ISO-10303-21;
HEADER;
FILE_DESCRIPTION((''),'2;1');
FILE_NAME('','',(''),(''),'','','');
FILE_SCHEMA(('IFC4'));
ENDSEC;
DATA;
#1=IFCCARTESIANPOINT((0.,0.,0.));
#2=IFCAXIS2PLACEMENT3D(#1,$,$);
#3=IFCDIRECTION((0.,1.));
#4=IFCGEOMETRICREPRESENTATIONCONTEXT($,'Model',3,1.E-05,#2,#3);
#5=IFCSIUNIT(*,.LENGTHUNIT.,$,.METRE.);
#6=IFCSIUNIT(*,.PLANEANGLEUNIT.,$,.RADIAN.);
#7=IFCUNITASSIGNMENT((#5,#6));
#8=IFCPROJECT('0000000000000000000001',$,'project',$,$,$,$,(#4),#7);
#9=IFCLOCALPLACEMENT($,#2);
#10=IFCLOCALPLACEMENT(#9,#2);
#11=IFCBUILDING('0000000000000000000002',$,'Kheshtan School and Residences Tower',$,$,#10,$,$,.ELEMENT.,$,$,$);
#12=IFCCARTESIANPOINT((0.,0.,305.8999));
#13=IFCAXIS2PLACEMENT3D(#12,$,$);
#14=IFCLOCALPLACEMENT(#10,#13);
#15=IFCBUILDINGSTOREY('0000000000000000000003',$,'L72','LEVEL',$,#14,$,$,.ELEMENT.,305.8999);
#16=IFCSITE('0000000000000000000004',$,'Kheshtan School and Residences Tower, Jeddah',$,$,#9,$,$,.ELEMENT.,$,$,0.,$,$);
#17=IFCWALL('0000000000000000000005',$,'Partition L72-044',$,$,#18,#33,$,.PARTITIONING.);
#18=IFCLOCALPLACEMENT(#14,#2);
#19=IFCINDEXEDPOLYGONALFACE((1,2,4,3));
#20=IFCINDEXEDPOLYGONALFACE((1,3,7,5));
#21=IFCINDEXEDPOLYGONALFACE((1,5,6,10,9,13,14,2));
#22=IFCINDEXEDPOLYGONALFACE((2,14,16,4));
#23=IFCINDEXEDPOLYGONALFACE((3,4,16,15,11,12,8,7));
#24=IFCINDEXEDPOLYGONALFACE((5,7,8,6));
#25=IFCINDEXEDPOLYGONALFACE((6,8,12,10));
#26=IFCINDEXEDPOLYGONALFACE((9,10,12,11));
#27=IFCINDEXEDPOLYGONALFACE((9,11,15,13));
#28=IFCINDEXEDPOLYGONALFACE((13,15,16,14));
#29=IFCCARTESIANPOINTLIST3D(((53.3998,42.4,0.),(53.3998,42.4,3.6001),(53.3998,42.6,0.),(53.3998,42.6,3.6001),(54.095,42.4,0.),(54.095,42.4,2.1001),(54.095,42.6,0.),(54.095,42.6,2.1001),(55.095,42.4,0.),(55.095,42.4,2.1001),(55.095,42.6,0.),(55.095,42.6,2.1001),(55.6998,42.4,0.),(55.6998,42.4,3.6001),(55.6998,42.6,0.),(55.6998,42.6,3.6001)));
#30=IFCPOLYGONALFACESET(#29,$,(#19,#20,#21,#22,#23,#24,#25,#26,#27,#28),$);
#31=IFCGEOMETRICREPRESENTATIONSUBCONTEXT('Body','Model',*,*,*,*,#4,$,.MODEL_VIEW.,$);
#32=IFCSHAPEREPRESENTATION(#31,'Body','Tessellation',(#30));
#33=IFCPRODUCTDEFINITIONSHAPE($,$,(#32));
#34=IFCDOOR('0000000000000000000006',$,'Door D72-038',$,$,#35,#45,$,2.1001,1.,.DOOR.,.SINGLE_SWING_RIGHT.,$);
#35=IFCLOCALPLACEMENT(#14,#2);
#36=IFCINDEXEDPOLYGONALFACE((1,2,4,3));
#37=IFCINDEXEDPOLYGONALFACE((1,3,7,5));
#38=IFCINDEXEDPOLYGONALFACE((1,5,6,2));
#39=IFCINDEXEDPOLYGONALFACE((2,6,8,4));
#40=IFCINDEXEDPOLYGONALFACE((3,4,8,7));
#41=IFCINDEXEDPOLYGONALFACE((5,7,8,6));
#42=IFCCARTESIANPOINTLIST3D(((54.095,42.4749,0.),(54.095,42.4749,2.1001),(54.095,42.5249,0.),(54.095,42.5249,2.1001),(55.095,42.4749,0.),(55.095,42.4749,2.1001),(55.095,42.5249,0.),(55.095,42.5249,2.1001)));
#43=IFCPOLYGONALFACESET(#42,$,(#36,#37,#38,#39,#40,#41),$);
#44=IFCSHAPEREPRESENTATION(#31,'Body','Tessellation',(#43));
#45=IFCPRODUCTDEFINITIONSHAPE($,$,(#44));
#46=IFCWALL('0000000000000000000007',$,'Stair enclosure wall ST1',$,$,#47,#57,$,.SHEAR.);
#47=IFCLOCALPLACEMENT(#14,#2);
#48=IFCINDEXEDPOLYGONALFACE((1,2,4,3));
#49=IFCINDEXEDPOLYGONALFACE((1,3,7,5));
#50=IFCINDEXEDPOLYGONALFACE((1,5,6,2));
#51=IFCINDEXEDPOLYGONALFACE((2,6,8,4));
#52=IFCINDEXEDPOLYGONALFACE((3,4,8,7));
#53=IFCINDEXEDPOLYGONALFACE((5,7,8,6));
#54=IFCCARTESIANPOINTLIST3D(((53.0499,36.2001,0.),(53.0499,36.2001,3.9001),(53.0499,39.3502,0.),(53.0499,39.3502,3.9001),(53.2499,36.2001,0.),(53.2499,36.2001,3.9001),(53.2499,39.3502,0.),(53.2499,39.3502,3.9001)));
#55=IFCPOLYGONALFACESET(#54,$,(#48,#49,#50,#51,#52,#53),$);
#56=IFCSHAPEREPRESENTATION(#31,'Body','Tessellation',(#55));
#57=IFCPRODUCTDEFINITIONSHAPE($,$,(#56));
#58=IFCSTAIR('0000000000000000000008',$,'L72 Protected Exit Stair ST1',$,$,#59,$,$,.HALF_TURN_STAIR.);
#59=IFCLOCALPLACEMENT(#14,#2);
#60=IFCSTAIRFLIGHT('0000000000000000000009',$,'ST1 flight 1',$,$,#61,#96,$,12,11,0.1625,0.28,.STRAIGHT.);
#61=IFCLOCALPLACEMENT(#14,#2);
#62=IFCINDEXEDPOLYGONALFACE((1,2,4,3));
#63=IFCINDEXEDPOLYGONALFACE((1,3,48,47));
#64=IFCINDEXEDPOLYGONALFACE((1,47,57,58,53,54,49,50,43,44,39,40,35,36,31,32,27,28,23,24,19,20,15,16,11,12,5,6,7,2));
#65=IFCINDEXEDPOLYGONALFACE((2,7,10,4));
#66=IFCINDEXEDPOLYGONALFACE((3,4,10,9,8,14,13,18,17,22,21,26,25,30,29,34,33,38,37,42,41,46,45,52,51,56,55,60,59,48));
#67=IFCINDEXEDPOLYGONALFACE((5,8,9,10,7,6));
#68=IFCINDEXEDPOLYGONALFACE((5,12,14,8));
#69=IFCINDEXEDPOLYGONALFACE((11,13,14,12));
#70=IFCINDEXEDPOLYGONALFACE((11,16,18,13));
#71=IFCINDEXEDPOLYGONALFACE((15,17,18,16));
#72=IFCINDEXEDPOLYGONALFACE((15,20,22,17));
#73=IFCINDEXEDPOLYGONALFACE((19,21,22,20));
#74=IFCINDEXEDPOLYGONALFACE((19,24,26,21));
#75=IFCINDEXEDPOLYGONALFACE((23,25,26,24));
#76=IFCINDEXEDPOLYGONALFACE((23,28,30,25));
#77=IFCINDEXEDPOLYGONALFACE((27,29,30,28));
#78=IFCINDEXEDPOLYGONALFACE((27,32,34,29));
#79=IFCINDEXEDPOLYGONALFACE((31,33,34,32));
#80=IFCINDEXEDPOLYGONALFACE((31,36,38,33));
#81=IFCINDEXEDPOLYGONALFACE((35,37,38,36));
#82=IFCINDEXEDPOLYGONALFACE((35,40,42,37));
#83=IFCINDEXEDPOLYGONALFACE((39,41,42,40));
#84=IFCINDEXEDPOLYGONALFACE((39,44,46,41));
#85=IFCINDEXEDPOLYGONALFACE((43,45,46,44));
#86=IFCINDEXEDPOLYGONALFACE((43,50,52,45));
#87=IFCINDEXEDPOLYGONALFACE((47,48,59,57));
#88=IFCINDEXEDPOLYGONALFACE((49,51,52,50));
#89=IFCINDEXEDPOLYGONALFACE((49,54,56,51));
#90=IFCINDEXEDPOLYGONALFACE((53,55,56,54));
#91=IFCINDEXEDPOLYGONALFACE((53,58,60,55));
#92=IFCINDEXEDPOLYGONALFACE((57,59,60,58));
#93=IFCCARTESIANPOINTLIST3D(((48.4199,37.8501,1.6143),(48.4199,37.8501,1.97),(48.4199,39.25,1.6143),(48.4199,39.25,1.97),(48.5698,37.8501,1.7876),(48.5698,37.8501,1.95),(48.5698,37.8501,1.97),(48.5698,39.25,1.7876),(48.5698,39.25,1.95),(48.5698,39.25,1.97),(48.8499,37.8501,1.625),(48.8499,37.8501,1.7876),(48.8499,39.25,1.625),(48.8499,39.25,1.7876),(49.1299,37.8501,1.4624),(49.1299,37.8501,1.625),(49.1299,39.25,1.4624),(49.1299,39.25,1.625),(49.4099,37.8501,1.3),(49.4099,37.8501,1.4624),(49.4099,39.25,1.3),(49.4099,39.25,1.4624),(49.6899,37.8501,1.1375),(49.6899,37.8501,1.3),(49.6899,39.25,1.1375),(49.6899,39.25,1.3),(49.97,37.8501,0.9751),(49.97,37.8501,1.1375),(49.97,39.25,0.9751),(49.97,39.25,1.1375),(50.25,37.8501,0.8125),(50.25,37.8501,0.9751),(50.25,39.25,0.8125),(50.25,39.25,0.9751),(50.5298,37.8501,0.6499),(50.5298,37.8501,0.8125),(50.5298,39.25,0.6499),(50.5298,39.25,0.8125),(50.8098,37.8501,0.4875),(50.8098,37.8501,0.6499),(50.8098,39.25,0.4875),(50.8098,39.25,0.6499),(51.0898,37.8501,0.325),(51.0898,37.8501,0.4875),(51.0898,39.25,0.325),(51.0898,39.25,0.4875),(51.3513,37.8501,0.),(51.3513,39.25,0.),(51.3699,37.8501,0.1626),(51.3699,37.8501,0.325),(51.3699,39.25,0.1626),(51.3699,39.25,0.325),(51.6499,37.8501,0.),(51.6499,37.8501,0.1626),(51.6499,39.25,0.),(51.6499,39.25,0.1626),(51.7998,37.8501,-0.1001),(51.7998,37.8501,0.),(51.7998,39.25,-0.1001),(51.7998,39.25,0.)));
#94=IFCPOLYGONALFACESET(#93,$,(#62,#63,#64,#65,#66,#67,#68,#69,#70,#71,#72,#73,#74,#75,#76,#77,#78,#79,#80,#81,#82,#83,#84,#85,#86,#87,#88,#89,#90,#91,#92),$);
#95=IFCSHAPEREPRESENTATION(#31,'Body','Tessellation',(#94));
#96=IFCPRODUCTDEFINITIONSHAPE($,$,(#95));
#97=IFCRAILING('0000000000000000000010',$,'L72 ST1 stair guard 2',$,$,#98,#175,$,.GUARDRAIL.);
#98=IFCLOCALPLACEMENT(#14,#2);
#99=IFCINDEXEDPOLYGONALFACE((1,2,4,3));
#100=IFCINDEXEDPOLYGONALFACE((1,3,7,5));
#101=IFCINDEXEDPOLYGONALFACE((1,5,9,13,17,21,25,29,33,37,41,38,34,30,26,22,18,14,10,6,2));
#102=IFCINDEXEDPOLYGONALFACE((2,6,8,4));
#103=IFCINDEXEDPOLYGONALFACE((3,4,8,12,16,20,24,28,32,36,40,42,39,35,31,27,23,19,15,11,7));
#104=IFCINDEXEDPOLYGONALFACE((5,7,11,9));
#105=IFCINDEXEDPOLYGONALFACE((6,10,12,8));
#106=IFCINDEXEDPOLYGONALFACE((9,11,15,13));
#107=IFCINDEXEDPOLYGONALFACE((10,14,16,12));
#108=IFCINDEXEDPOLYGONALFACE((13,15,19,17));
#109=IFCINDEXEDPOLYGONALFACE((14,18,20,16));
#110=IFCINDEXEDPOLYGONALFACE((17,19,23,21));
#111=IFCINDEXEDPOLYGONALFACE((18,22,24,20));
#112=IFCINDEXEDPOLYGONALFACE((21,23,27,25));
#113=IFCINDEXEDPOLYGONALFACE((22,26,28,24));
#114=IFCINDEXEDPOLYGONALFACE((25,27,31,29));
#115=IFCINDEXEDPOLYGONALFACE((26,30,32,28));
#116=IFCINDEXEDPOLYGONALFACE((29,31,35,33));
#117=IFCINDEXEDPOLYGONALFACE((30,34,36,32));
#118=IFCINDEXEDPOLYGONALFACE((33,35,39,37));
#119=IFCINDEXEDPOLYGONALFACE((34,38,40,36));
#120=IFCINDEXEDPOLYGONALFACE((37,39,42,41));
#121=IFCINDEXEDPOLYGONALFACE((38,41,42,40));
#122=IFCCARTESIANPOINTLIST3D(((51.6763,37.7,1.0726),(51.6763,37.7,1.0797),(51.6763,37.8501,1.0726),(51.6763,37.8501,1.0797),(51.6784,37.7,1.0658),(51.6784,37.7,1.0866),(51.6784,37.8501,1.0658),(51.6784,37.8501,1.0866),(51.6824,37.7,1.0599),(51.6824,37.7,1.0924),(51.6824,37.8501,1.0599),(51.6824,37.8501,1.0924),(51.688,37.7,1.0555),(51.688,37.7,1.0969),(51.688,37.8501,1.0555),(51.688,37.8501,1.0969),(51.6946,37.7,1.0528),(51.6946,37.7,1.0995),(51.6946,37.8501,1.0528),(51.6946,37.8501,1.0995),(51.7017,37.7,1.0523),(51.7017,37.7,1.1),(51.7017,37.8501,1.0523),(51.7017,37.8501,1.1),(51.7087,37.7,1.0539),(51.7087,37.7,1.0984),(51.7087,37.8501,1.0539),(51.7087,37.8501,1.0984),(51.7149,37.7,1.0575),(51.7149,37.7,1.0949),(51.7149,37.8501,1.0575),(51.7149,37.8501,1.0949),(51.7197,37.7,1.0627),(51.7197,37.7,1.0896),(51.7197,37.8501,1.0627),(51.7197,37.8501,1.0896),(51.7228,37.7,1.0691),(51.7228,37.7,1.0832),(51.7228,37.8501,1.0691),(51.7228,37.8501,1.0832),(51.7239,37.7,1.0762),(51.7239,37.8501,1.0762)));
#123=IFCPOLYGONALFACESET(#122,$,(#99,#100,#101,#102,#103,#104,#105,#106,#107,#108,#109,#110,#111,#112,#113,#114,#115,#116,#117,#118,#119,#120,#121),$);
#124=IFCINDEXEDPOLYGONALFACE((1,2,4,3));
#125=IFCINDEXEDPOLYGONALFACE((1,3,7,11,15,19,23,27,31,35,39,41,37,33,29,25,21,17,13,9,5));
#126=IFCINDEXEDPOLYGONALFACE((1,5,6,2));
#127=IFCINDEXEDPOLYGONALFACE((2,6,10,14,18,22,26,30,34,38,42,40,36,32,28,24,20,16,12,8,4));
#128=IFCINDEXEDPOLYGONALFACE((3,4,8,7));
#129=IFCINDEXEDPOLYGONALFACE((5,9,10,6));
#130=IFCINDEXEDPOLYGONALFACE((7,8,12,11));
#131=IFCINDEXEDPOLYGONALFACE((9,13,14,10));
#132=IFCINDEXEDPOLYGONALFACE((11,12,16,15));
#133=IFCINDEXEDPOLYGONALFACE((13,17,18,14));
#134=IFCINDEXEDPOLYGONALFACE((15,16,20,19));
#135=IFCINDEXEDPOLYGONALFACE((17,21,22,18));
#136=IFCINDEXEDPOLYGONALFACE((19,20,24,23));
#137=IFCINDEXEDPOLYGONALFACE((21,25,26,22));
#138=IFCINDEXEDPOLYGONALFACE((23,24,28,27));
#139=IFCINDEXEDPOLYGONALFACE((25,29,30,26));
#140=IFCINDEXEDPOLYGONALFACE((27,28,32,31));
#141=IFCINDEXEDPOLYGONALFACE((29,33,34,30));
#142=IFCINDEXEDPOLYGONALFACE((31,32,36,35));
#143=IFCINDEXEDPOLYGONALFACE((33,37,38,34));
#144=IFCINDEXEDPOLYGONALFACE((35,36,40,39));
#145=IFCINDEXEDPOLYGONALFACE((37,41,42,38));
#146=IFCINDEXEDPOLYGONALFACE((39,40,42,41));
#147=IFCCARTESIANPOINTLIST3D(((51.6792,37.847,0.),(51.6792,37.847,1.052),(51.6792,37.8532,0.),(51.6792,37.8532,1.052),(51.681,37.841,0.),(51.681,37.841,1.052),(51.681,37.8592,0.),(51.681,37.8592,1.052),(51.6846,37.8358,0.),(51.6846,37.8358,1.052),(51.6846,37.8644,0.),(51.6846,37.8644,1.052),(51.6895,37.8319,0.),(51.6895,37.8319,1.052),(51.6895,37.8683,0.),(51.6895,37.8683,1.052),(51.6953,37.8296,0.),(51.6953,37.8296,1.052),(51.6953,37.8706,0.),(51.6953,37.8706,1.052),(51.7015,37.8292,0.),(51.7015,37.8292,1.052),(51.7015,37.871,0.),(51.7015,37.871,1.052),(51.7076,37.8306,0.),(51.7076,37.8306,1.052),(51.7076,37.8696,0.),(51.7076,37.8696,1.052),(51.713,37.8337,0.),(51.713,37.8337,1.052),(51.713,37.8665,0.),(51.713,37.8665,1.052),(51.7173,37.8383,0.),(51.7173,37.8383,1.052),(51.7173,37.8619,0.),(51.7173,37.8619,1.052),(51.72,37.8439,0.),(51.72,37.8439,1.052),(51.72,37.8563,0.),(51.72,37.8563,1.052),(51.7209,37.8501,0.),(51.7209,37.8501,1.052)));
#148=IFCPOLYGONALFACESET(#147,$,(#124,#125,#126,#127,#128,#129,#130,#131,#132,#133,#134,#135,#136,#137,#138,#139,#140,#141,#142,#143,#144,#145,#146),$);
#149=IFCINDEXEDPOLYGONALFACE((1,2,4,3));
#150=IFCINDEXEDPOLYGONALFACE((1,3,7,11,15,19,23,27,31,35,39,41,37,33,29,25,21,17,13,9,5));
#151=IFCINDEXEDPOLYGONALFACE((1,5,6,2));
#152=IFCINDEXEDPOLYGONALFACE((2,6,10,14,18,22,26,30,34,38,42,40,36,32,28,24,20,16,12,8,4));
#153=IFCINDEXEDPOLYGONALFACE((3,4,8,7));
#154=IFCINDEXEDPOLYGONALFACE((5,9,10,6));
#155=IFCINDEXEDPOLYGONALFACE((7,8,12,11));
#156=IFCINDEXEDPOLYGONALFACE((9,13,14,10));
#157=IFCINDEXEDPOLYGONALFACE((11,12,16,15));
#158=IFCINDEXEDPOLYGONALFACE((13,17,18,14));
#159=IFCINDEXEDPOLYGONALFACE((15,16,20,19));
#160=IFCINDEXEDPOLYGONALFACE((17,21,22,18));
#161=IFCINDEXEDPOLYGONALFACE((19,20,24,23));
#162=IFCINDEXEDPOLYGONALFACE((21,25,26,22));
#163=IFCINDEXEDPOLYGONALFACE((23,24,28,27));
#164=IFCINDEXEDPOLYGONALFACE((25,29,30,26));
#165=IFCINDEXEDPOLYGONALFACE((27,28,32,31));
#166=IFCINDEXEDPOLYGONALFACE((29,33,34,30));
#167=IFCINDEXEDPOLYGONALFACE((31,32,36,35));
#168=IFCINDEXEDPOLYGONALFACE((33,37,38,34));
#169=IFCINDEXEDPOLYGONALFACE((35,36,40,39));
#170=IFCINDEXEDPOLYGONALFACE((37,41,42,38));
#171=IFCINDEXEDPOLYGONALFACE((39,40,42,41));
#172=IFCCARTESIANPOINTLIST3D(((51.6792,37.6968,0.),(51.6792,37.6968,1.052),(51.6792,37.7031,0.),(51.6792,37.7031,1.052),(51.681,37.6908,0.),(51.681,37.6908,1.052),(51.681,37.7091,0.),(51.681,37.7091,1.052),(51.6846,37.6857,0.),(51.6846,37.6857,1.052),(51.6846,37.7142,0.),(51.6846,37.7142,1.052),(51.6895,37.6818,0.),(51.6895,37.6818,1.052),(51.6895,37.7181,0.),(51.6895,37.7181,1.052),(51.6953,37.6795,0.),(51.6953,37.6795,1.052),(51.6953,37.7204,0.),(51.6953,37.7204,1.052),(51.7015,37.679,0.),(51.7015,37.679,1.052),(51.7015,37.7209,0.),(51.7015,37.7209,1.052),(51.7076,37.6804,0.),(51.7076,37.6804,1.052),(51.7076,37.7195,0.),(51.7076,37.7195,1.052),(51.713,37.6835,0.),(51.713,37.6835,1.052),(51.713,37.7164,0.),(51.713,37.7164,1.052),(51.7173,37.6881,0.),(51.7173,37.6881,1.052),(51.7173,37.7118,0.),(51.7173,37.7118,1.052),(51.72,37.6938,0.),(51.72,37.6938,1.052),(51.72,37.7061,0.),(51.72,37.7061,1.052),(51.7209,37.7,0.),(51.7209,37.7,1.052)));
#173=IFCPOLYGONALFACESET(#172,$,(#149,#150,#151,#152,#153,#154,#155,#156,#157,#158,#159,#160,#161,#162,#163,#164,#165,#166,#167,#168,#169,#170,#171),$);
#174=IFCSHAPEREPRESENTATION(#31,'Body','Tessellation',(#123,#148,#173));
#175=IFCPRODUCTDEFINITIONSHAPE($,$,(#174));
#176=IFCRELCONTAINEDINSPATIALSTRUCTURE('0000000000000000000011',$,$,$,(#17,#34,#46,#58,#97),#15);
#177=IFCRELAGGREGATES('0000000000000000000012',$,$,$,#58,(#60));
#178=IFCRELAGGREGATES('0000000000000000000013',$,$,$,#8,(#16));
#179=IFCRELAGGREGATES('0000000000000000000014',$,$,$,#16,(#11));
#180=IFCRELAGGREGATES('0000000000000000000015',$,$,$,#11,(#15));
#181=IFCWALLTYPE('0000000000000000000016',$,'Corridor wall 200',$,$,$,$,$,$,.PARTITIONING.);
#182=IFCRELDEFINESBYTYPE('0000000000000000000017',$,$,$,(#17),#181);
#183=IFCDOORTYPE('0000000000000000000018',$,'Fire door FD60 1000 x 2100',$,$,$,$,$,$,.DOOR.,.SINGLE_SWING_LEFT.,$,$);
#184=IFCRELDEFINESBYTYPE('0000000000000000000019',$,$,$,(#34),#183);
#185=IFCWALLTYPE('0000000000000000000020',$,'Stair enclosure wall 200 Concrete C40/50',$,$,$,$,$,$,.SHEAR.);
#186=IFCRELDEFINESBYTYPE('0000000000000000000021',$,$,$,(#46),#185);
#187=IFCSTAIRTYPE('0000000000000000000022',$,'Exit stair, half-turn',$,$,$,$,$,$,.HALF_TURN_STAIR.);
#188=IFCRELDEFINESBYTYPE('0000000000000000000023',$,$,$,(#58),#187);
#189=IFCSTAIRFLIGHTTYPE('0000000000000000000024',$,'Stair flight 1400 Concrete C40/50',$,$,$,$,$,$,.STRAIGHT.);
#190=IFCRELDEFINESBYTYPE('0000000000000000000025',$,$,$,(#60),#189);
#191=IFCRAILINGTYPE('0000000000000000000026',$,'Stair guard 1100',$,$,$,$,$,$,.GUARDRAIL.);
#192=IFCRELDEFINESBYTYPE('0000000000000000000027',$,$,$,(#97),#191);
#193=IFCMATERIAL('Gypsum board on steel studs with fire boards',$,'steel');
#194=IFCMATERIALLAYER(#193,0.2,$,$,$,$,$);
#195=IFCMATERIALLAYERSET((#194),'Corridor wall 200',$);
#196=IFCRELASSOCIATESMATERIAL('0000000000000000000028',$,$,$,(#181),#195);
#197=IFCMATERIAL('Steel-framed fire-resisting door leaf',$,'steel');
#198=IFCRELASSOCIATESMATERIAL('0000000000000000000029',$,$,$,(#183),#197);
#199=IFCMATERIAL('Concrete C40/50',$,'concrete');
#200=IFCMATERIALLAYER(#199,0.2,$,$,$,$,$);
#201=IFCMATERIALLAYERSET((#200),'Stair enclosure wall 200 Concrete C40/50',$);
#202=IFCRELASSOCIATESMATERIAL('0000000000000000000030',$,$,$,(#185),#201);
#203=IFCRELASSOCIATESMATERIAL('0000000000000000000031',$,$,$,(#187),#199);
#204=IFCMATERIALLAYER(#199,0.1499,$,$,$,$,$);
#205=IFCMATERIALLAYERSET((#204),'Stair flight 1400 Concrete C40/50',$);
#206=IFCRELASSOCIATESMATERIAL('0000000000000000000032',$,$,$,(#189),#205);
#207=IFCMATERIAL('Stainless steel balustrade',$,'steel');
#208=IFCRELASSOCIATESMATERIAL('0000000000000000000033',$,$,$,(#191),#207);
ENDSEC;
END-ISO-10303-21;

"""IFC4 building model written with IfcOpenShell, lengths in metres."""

from ifc_helpers import new_model, si_unit, direction, frame, frame_2d, origin, origin_2d, place, context, subcontext, project, spatial, polyline, rectangle, circle, outline, extrude, source, transform, mapped, material, layer, layer_set, type_object, element, fill, aggregate, save


model = new_model("IFC4")

# Units and contexts
model_context = context("Model", 3, precision=1e-05, world=origin(), true_north=direction((0.0, 1.0)))
body_context = subcontext(model_context, "Body", "Model", "MODEL_VIEW")
ifc_project = project(units=[si_unit("LENGTHUNIT", "METRE"), si_unit("PLANEANGLEUNIT", "RADIAN")], contexts=[model_context])

# Site, building, storey
site_placement = place(None, origin())
site = spatial("IfcSite", under=ifc_project, at=site_placement, Name="Kheshtan School and Residences Tower, Jeddah", CompositionType="ELEMENT", RefElevation=0.0)
building_placement = place(site_placement, origin())
building = spatial("IfcBuilding", under=site, at=building_placement, Name="Kheshtan School and Residences Tower", CompositionType="ELEMENT")
storey_placement = place(building_placement, frame((0.0, 0.0, 305.8999)))
storey = spatial("IfcBuildingStorey", under=building, at=storey_placement, Name="L72", Description="LEVEL", CompositionType="ELEMENT", Elevation=305.8999)

# Wall, opening, door
ifc_material_1 = material(Name="Gypsum board on steel studs with fire boards", Category="steel")
ifc_layer_1 = layer(ifc_material_1, 0.2)
ifc_layer_set_1 = layer_set([ifc_layer_1], Name="Corridor wall 200")
wall_type_1 = type_object("IfcWallType", Name="Corridor wall 200", PredefinedType="PARTITIONING", material=ifc_layer_set_1)
ifc_material_2 = material(Name="Steel-framed fire-resisting door leaf", Category="steel")
door_type_1 = type_object("IfcDoorType", Name="Fire door FD60 1000 x 2100", OperationType="SINGLE_SWING_LEFT", PredefinedType="DOOR", material=ifc_material_2)
shared_shape_1 = source(origin(), body_context, "Body", "SweptSolid", [
    extrude(rectangle(XDim=1.0, YDim=2.1001, at=frame_2d((0.5, 1.05))), frame((0.0, 0.0249, 0.0), z_axis=(0.0, -1.0, 0.0), x_axis=(1.0, 0.0, 0.0)), (0.0, 0.0, 1.0), 0.05),
])
wall_1_placement = place(storey_placement, frame((53.3999, 42.5, 0.0), z_axis=(0.0, 0.0, 1.0), x_axis=(1.0, 0.0, 0.0)))
wall_1 = element("IfcWall", 1, at=wall_1_placement, inside=storey, type_object=wall_type_1, Name="Partition L72-044", PredefinedType="PARTITIONING", context=body_context, shape_type="SweptSolid", body=[
    extrude(rectangle(XDim=2.3, YDim=0.2, at=frame_2d((1.1499, 0.0))), origin(), (0.0, 0.0, 1.0), 3.6001),
])
opening_1_placement = place(wall_1_placement, frame((0.6951, 0.0, 0.0)))
opening_1 = element("IfcOpeningElement", 2, at=opening_1_placement, cuts=wall_1, PredefinedType="OPENING", context=body_context, shape_type="SweptSolid", body=[
    extrude(rectangle(XDim=1.0, YDim=2.1001, at=frame_2d((0.5, 1.05))), frame((0.0, 0.1099, 0.0), z_axis=(0.0, -1.0, 0.0), x_axis=(1.0, 0.0, 0.0)), (0.0, 0.0, 1.0), 0.22),
])
door_1_placement = place(opening_1_placement, origin())
door_1 = element("IfcDoor", 3, at=door_1_placement, inside=storey, type_object=door_type_1, Name="Door D72-038", OperationType="SINGLE_SWING_RIGHT", OverallHeight=2.1001, OverallWidth=1.0, PredefinedType="DOOR", context=body_context, shape_type="MappedRepresentation", body=[
    mapped(shared_shape_1, transform((0.0, 0.0, 0.0), x_axis=(1.0, 0.0, 0.0), y_axis=(0.0, 1.0, 0.0), z_axis=(0.0, 0.0, 1.0), scale=1.0)),
])
fill(opening_1, door_1)

# Wall
ifc_material_3 = material(Name="Concrete C40/50", Category="concrete")
ifc_layer_2 = layer(ifc_material_3, 0.2)
ifc_layer_set_2 = layer_set([ifc_layer_2], Name="Stair enclosure wall 200 Concrete C40/50")
wall_type_2 = type_object("IfcWallType", Name="Stair enclosure wall 200 Concrete C40/50", PredefinedType="SHEAR", material=ifc_layer_set_2)
wall_2_placement = place(storey_placement, frame((53.1499, 36.2, 0.0), z_axis=(0.0, 0.0, 1.0), x_axis=(0.0, 1.0, 0.0)))
element("IfcWall", 4, at=wall_2_placement, inside=storey, type_object=wall_type_2, Name="Stair enclosure wall ST1", PredefinedType="SHEAR", context=body_context, shape_type="SweptSolid", body=[
    extrude(rectangle(XDim=3.1501, YDim=0.2, at=frame_2d((1.5752, 0.0))), origin(), (0.0, 0.0, 1.0), 3.9001),
])

# Stair, stair flight
stair_type = type_object("IfcStairType", Name="Exit stair, half-turn", PredefinedType="HALF_TURN_STAIR", material=ifc_material_3)
stair_placement = place(storey_placement, origin())
stair = element("IfcStair", 5, at=stair_placement, inside=storey, type_object=stair_type, Name="L72 Protected Exit Stair ST1", PredefinedType="HALF_TURN_STAIR")
ifc_layer_3 = layer(ifc_material_3, 0.1499)
ifc_layer_set_3 = layer_set([ifc_layer_3], Name="Stair flight 1400 Concrete C40/50")
stair_flight_type = type_object("IfcStairFlightType", Name="Stair flight 1400 Concrete C40/50", PredefinedType="STRAIGHT", material=ifc_layer_set_3)
stair_flight_placement = place(storey_placement, frame((51.6499, 38.55, 0.0), z_axis=(0.0, 0.0, 1.0), x_axis=(-1.0, 0.0, 0.0)))
stair_flight = element("IfcStairFlight", 6, at=stair_flight_placement, type_object=stair_flight_type, Name="ST1 flight 1", NumberOfRisers=12, NumberOfTreads=11, PredefinedType="STRAIGHT", RiserHeight=0.1625, TreadLength=0.28, context=body_context, shape_type="SweptSolid", body=[
    extrude(outline(polyline([(-0.1499, -0.1001), (-0.1499, 0.0), (0.0, 0.0), (0.0, 0.1626), (0.28, 0.1626), (0.28, 0.325), (0.5601, 0.325), (0.5601, 0.4875), (0.8401, 0.4875), (0.8401, 0.6499), (1.1201, 0.6499), (1.1201, 0.8125), (1.3999, 0.8125), (1.3999, 0.9751), (1.6799, 0.9751), (1.6799, 1.1375), (1.96, 1.1375), (1.96, 1.3), (2.24, 1.3), (2.24, 1.4624), (2.52, 1.4624), (2.52, 1.625), (2.8, 1.625), (2.8, 1.7876), (3.0801, 1.7876), (3.0801, 1.95), (3.0801, 1.97), (3.23, 1.97), (3.23, 1.6143), (0.2986, 0.0), (-0.1499, -0.1001)])), frame((0.0, 0.7, 0.0), z_axis=(0.0, -1.0, 0.0), x_axis=(1.0, 0.0, 0.0)), (0.0, 0.0, 1.0), 1.3999),
])
aggregate(stair, [stair_flight])

# Railing
ifc_material_4 = material(Name="Stainless steel balustrade", Category="steel")
railing_type_1 = type_object("IfcRailingType", Name="Stair guard 1100", PredefinedType="GUARDRAIL", material=ifc_material_4)
railing_1_placement = place(storey_placement, frame((51.7, 37.8501, 0.0)))
element("IfcRailing", 7, at=railing_1_placement, inside=storey, type_object=railing_type_1, Name="L72 ST1 stair guard 2", PredefinedType="GUARDRAIL", context=body_context, shape_type="SweptSolid", body=[
    extrude(circle(Radius=0.0239, at=origin_2d()), frame((0.0, 0.0, 1.0762), z_axis=(0.0, -1.0, 0.0), x_axis=(1.0, 0.0, 0.0)), (0.0, 0.0, 1.0), 0.1501),
    extrude(circle(Radius=0.021, at=origin_2d()), origin(), (0.0, 0.0, 1.0), 1.052),
    extrude(circle(Radius=0.021, at=origin_2d()), frame((0.0, -0.1501, 0.0)), (0.0, 0.0, 1.0), 1.052),
])

save(model, "model.ifc")
